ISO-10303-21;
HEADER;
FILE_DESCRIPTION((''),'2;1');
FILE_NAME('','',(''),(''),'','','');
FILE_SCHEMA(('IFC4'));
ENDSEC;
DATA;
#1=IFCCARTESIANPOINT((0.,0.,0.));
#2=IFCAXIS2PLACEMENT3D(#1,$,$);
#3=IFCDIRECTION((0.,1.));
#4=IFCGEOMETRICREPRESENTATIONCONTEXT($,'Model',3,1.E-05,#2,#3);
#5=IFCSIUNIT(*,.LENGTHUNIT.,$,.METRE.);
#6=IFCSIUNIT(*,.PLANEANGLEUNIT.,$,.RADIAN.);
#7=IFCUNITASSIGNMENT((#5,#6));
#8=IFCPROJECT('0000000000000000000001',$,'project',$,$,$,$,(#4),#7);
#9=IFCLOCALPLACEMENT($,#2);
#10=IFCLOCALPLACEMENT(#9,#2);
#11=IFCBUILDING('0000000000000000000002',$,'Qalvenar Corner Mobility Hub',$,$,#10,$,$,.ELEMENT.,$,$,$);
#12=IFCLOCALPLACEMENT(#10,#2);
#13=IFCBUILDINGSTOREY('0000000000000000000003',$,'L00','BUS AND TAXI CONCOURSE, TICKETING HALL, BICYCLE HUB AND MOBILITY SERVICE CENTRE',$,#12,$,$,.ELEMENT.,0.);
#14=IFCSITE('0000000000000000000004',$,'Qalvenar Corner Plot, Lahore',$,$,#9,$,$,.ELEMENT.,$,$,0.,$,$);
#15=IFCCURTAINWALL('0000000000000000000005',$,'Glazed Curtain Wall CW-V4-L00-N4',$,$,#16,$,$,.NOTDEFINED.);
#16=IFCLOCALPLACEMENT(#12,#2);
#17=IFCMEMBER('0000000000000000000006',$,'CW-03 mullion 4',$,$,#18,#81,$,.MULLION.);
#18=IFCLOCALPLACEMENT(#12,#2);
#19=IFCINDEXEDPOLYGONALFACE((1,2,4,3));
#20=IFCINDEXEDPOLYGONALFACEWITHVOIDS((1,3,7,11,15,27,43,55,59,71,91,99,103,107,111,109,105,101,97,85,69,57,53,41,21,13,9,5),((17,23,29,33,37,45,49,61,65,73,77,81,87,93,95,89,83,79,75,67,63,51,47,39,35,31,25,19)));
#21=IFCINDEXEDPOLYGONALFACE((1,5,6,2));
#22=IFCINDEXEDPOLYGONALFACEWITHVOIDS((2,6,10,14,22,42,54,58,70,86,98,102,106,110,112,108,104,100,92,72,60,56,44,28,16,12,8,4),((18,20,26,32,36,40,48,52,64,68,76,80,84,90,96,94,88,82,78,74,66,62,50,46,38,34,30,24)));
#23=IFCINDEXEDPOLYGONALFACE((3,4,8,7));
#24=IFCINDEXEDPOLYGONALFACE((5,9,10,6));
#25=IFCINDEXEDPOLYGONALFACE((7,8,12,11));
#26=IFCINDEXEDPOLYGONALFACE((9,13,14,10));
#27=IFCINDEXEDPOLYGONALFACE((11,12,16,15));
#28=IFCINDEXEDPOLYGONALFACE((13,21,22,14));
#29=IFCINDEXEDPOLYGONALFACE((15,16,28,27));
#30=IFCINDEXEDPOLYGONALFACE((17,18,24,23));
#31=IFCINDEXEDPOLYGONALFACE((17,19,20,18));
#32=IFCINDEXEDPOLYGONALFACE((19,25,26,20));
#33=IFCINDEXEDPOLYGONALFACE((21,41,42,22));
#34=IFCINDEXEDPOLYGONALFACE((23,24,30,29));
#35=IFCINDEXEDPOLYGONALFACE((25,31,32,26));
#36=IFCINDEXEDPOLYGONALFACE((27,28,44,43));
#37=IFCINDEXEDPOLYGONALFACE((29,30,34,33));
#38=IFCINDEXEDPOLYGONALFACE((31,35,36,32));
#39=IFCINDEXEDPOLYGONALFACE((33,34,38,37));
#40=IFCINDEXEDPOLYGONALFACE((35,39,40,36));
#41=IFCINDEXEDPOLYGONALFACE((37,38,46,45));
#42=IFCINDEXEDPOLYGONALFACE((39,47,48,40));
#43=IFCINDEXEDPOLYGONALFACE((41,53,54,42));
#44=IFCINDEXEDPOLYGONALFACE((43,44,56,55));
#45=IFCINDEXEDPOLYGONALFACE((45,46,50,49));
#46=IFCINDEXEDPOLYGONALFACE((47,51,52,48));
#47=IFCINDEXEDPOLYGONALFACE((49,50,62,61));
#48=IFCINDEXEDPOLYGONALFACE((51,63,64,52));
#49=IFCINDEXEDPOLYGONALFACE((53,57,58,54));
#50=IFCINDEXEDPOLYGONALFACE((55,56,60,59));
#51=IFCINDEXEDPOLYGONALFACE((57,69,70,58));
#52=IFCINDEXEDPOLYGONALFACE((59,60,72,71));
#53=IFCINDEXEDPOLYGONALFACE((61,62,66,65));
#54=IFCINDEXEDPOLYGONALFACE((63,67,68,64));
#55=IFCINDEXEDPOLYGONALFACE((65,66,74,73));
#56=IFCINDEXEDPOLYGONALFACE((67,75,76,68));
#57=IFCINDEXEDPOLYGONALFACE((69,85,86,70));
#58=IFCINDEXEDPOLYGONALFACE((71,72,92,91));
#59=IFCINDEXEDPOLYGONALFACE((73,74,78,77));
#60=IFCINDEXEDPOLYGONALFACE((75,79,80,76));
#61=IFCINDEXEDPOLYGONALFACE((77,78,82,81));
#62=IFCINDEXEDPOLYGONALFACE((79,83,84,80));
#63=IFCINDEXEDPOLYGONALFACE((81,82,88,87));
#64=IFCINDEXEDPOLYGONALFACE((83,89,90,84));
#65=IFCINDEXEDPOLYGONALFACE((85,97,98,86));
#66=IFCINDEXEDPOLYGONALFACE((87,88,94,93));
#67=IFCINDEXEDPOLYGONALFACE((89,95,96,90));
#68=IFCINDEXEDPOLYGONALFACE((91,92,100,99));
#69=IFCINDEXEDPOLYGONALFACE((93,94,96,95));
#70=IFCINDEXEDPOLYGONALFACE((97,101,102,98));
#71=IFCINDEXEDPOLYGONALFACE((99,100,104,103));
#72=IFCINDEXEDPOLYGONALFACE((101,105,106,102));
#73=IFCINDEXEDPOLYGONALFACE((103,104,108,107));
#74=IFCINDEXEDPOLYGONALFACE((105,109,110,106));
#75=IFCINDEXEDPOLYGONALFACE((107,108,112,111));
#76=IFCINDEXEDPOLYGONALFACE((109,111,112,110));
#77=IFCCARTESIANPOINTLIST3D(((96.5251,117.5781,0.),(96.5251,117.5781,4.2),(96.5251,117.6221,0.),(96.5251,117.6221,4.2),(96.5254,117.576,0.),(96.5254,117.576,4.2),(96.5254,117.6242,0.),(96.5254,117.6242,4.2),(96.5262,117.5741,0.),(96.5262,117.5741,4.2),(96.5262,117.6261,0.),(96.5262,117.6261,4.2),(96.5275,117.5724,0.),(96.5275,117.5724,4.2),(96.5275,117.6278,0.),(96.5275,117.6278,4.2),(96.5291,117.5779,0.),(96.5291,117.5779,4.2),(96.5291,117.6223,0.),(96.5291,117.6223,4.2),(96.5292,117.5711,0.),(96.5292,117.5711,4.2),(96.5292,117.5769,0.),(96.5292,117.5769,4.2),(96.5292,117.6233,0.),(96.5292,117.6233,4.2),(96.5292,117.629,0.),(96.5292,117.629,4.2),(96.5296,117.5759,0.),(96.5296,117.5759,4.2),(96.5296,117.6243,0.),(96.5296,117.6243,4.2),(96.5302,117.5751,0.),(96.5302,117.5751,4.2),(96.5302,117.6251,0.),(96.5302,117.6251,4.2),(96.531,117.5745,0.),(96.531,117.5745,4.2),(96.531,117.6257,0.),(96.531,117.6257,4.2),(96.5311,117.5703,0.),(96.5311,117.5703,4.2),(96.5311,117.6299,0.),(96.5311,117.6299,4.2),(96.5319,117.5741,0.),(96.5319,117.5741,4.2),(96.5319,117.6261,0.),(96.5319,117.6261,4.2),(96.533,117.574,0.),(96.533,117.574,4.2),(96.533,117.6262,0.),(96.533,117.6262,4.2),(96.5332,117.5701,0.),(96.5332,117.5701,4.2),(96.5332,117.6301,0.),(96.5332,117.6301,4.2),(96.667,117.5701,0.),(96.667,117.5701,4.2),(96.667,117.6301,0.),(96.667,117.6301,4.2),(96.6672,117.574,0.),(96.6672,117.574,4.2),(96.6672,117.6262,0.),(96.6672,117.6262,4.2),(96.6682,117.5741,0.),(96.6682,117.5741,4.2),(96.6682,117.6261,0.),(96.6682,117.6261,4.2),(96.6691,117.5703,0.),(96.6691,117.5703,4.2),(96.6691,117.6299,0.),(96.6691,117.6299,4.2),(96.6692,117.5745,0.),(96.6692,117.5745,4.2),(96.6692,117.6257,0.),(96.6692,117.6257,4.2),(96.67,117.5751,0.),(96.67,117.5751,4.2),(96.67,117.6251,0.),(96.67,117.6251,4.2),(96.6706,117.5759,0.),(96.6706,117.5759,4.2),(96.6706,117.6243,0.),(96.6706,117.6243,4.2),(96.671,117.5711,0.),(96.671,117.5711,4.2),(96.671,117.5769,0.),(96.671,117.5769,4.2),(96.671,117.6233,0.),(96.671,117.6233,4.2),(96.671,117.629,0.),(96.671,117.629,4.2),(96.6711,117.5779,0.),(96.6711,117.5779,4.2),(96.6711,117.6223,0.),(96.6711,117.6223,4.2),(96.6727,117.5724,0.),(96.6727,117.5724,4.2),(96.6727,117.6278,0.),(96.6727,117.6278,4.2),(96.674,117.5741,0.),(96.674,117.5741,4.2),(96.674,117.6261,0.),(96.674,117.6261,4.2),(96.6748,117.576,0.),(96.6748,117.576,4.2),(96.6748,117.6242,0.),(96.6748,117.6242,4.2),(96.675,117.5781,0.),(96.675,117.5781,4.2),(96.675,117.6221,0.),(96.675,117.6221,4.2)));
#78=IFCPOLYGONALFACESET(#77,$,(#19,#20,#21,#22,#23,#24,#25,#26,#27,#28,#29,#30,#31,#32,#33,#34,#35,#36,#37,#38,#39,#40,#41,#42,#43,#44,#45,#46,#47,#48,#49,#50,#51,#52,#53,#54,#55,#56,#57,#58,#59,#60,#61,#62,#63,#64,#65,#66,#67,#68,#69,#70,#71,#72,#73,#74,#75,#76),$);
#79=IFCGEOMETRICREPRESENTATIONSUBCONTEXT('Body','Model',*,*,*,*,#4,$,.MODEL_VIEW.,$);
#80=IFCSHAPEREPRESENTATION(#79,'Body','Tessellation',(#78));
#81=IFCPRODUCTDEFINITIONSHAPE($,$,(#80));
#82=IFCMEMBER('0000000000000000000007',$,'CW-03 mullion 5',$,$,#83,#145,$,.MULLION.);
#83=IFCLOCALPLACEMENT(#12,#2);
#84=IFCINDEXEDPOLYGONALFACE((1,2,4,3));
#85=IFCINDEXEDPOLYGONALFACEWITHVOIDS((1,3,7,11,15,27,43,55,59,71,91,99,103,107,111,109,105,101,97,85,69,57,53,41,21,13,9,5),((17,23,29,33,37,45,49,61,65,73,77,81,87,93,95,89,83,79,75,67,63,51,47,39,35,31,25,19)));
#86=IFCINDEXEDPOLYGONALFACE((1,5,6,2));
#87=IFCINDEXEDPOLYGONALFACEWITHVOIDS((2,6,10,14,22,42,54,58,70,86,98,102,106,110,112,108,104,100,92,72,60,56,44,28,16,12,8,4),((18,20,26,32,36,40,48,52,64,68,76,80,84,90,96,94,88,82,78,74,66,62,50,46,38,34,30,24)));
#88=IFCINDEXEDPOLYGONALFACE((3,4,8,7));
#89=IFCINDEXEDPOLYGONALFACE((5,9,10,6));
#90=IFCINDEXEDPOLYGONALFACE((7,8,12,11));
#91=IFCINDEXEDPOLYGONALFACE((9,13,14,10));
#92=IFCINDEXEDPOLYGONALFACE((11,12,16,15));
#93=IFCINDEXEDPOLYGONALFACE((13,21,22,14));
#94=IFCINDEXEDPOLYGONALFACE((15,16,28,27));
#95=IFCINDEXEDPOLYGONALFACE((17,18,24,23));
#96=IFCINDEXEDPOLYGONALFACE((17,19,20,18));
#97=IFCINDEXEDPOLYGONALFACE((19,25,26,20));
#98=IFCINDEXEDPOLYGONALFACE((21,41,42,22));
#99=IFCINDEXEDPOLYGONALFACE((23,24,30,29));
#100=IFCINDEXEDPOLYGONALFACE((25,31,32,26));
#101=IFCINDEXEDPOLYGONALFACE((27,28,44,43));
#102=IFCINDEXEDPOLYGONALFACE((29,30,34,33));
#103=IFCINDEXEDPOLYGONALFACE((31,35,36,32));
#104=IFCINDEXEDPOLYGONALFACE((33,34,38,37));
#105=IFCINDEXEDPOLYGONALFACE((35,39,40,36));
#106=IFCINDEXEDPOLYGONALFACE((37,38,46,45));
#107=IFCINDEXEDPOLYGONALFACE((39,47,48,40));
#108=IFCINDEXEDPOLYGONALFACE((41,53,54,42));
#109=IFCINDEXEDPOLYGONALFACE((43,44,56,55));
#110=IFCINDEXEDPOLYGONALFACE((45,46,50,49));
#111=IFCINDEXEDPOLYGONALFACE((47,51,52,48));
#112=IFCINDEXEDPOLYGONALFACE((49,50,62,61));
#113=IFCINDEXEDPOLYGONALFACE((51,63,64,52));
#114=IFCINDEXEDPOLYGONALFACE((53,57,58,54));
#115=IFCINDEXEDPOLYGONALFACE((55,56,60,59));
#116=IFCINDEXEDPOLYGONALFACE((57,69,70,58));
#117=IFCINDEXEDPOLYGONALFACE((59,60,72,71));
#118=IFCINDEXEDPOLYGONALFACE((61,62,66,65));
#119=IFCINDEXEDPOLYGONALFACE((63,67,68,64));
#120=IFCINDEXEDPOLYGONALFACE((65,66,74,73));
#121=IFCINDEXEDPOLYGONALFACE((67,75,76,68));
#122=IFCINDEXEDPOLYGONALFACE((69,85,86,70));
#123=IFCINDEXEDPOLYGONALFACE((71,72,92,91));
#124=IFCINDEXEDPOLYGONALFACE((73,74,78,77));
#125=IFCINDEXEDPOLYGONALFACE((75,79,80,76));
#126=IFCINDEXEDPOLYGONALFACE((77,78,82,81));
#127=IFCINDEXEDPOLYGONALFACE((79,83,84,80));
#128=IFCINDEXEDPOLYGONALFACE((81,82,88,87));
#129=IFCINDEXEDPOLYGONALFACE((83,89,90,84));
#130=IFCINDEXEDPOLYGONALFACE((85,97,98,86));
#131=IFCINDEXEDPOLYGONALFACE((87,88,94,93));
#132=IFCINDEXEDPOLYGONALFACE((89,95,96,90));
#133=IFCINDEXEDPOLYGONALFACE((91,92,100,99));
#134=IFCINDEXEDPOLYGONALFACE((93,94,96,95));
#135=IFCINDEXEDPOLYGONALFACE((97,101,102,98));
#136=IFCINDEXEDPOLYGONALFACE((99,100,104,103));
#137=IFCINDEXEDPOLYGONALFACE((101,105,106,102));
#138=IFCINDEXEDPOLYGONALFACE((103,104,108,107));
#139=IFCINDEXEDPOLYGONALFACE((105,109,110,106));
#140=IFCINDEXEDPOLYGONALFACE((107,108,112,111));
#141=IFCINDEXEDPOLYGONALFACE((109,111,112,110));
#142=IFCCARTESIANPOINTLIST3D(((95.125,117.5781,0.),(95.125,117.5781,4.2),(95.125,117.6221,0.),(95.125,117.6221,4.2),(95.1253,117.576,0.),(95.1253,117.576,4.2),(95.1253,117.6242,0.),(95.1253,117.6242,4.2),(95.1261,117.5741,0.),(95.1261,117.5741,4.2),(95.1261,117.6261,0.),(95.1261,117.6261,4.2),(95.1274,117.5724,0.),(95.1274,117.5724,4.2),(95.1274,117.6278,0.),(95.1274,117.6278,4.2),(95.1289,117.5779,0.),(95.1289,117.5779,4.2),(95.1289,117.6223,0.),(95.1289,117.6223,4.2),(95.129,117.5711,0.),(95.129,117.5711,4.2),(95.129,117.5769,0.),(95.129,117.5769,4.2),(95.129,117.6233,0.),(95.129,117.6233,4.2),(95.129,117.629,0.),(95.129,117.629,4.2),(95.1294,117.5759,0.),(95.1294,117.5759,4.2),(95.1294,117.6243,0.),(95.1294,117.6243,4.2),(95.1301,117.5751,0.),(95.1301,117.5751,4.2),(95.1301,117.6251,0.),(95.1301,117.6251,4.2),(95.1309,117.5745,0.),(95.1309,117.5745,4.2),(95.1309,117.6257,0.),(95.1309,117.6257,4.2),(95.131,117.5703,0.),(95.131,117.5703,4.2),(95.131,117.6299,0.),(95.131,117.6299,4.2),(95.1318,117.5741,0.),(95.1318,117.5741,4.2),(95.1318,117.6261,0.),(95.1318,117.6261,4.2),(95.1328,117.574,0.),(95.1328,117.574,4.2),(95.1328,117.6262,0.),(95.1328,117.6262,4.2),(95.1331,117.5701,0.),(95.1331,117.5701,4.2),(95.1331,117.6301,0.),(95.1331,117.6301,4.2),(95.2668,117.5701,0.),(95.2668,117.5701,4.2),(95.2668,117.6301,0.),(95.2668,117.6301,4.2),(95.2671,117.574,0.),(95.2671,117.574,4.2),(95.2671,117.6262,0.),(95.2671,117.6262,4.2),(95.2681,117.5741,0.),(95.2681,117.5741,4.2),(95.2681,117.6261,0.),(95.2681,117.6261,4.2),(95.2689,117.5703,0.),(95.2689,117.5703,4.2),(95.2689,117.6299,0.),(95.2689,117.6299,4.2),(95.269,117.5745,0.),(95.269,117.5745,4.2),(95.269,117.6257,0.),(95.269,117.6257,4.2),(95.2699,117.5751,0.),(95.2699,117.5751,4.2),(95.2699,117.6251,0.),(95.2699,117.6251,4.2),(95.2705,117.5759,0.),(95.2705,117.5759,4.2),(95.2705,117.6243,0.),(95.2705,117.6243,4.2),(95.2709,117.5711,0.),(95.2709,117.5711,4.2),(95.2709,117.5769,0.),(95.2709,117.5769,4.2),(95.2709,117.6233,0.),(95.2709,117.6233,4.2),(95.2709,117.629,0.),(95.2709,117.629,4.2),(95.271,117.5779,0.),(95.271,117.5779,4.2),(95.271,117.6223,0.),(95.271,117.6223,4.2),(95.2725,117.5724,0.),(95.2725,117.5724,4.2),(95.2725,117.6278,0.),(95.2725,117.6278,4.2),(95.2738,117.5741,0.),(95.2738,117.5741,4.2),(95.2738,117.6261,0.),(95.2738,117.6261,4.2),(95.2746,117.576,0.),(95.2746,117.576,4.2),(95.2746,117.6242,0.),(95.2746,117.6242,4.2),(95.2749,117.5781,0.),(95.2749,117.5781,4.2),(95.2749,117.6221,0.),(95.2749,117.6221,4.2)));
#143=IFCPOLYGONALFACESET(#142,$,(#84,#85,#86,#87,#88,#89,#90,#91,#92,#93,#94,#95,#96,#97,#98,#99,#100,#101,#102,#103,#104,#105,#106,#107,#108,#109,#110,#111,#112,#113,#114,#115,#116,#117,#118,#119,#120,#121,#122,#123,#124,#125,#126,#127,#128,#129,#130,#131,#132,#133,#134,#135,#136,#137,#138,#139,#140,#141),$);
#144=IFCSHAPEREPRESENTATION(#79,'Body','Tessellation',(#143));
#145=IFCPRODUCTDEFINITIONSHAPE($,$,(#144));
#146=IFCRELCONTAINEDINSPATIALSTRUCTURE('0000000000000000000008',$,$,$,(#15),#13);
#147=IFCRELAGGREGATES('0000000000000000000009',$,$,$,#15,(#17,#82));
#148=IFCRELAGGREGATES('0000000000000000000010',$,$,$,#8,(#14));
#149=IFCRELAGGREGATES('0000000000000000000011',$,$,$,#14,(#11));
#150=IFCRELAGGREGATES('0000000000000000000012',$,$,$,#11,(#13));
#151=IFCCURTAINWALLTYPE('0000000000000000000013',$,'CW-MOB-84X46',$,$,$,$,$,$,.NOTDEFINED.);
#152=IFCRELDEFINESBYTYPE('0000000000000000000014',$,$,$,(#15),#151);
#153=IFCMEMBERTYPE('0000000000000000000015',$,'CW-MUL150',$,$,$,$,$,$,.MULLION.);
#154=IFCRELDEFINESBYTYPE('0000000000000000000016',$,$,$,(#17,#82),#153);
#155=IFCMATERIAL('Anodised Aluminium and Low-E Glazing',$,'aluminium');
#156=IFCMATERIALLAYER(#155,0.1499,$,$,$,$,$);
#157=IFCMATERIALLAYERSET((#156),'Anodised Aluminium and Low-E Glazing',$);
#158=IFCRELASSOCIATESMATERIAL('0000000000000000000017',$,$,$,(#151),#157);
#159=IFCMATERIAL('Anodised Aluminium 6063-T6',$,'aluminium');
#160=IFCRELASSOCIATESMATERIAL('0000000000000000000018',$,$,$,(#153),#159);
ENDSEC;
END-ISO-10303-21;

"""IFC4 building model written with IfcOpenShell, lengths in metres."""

from ifc_helpers import new_model, si_unit, direction, frame, origin, origin_2d, place, context, subcontext, project, spatial, hollow_rectangle, extrude, material, layer, layer_set, material_profile, profile_set, type_object, element, aggregate, save


model = new_model("IFC4")

# Units and contexts
model_context = context("Model", 3, precision=1e-05, world=origin(), true_north=direction((0.0, 1.0)))
body_context = subcontext(model_context, "Body", "Model", "MODEL_VIEW")
ifc_project = project(units=[si_unit("LENGTHUNIT", "METRE"), si_unit("PLANEANGLEUNIT", "RADIAN")], contexts=[model_context])

# Site, building, storey
site_placement = place(None, origin())
site = spatial("IfcSite", under=ifc_project, at=site_placement, Name="Qalvenar Corner Plot, Lahore", CompositionType="ELEMENT", RefElevation=0.0)
building_placement = place(site_placement, origin())
building = spatial("IfcBuilding", under=site, at=building_placement, Name="Qalvenar Corner Mobility Hub", CompositionType="ELEMENT")
storey_placement = place(building_placement, origin())
storey = spatial("IfcBuildingStorey", under=building, at=storey_placement, Name="L00", Description="BUS AND TAXI CONCOURSE, TICKETING HALL, BICYCLE HUB AND MOBILITY SERVICE CENTRE", CompositionType="ELEMENT", Elevation=0.0)

# Curtain wall, members
ifc_material_1 = material(Name="Anodised Aluminium and Low-E Glazing", Category="aluminium")
ifc_layer_1 = layer(ifc_material_1, 0.1499)
ifc_layer_set_1 = layer_set([ifc_layer_1], Name="Anodised Aluminium and Low-E Glazing")
curtain_wall_type = type_object("IfcCurtainWallType", Name="CW-MOB-84X46", PredefinedType="NOTDEFINED", material=ifc_layer_set_1)
curtain_wall_placement = place(storey_placement, origin())
curtain_wall = element("IfcCurtainWall", 1, at=curtain_wall_placement, inside=storey, type_object=curtain_wall_type, Name="Glazed Curtain Wall CW-V4-L00-N4", PredefinedType="NOTDEFINED")
ifc_material_2 = material(Name="Anodised Aluminium 6063-T6", Category="aluminium")
ifc_material_profile_1 = material_profile(ifc_material_2, hollow_rectangle(XDim=0.0601, YDim=0.1499, WallThickness=0.0039, InnerFilletRadius=0.0039, OuterFilletRadius=0.0081, at=origin_2d()), Name="RHS150x60x4")
ifc_profile_set_1 = profile_set([ifc_material_profile_1], Name="Anodised Aluminium 6063-T6")
member_type_1 = type_object("IfcMemberType", Name="CW-MUL150", PredefinedType="MULLION", material=ifc_profile_set_1)
member_1_placement = place(storey_placement, frame((96.6001, 117.6001, 0.0), z_axis=(0.0, 0.0, 1.0), x_axis=(0.0, -1.0, 0.0)))
member_1 = element("IfcMember", 2, at=member_1_placement, type_object=member_type_1, Name="CW-03 mullion 4", PredefinedType="MULLION", context=body_context, shape_type="SweptSolid", body=[
    extrude(hollow_rectangle(XDim=0.0601, YDim=0.1499, WallThickness=0.0039, InnerFilletRadius=0.0039, OuterFilletRadius=0.0081, at=origin_2d()), origin(), (0.0, 0.0, 1.0), 4.2),
])
member_2_placement = place(storey_placement, frame((95.2, 117.6001, 0.0), z_axis=(0.0, 0.0, 1.0), x_axis=(0.0, -1.0, 0.0)))
member_2 = element("IfcMember", 3, at=member_2_placement, type_object=member_type_1, Name="CW-03 mullion 5", PredefinedType="MULLION", context=body_context, shape_type="SweptSolid", body=[
    extrude(hollow_rectangle(XDim=0.0601, YDim=0.1499, WallThickness=0.0039, InnerFilletRadius=0.0039, OuterFilletRadius=0.0081, at=origin_2d()), origin(), (0.0, 0.0, 1.0), 4.2),
])
aggregate(curtain_wall, [member_1, member_2])

save(model, "model.ifc")
